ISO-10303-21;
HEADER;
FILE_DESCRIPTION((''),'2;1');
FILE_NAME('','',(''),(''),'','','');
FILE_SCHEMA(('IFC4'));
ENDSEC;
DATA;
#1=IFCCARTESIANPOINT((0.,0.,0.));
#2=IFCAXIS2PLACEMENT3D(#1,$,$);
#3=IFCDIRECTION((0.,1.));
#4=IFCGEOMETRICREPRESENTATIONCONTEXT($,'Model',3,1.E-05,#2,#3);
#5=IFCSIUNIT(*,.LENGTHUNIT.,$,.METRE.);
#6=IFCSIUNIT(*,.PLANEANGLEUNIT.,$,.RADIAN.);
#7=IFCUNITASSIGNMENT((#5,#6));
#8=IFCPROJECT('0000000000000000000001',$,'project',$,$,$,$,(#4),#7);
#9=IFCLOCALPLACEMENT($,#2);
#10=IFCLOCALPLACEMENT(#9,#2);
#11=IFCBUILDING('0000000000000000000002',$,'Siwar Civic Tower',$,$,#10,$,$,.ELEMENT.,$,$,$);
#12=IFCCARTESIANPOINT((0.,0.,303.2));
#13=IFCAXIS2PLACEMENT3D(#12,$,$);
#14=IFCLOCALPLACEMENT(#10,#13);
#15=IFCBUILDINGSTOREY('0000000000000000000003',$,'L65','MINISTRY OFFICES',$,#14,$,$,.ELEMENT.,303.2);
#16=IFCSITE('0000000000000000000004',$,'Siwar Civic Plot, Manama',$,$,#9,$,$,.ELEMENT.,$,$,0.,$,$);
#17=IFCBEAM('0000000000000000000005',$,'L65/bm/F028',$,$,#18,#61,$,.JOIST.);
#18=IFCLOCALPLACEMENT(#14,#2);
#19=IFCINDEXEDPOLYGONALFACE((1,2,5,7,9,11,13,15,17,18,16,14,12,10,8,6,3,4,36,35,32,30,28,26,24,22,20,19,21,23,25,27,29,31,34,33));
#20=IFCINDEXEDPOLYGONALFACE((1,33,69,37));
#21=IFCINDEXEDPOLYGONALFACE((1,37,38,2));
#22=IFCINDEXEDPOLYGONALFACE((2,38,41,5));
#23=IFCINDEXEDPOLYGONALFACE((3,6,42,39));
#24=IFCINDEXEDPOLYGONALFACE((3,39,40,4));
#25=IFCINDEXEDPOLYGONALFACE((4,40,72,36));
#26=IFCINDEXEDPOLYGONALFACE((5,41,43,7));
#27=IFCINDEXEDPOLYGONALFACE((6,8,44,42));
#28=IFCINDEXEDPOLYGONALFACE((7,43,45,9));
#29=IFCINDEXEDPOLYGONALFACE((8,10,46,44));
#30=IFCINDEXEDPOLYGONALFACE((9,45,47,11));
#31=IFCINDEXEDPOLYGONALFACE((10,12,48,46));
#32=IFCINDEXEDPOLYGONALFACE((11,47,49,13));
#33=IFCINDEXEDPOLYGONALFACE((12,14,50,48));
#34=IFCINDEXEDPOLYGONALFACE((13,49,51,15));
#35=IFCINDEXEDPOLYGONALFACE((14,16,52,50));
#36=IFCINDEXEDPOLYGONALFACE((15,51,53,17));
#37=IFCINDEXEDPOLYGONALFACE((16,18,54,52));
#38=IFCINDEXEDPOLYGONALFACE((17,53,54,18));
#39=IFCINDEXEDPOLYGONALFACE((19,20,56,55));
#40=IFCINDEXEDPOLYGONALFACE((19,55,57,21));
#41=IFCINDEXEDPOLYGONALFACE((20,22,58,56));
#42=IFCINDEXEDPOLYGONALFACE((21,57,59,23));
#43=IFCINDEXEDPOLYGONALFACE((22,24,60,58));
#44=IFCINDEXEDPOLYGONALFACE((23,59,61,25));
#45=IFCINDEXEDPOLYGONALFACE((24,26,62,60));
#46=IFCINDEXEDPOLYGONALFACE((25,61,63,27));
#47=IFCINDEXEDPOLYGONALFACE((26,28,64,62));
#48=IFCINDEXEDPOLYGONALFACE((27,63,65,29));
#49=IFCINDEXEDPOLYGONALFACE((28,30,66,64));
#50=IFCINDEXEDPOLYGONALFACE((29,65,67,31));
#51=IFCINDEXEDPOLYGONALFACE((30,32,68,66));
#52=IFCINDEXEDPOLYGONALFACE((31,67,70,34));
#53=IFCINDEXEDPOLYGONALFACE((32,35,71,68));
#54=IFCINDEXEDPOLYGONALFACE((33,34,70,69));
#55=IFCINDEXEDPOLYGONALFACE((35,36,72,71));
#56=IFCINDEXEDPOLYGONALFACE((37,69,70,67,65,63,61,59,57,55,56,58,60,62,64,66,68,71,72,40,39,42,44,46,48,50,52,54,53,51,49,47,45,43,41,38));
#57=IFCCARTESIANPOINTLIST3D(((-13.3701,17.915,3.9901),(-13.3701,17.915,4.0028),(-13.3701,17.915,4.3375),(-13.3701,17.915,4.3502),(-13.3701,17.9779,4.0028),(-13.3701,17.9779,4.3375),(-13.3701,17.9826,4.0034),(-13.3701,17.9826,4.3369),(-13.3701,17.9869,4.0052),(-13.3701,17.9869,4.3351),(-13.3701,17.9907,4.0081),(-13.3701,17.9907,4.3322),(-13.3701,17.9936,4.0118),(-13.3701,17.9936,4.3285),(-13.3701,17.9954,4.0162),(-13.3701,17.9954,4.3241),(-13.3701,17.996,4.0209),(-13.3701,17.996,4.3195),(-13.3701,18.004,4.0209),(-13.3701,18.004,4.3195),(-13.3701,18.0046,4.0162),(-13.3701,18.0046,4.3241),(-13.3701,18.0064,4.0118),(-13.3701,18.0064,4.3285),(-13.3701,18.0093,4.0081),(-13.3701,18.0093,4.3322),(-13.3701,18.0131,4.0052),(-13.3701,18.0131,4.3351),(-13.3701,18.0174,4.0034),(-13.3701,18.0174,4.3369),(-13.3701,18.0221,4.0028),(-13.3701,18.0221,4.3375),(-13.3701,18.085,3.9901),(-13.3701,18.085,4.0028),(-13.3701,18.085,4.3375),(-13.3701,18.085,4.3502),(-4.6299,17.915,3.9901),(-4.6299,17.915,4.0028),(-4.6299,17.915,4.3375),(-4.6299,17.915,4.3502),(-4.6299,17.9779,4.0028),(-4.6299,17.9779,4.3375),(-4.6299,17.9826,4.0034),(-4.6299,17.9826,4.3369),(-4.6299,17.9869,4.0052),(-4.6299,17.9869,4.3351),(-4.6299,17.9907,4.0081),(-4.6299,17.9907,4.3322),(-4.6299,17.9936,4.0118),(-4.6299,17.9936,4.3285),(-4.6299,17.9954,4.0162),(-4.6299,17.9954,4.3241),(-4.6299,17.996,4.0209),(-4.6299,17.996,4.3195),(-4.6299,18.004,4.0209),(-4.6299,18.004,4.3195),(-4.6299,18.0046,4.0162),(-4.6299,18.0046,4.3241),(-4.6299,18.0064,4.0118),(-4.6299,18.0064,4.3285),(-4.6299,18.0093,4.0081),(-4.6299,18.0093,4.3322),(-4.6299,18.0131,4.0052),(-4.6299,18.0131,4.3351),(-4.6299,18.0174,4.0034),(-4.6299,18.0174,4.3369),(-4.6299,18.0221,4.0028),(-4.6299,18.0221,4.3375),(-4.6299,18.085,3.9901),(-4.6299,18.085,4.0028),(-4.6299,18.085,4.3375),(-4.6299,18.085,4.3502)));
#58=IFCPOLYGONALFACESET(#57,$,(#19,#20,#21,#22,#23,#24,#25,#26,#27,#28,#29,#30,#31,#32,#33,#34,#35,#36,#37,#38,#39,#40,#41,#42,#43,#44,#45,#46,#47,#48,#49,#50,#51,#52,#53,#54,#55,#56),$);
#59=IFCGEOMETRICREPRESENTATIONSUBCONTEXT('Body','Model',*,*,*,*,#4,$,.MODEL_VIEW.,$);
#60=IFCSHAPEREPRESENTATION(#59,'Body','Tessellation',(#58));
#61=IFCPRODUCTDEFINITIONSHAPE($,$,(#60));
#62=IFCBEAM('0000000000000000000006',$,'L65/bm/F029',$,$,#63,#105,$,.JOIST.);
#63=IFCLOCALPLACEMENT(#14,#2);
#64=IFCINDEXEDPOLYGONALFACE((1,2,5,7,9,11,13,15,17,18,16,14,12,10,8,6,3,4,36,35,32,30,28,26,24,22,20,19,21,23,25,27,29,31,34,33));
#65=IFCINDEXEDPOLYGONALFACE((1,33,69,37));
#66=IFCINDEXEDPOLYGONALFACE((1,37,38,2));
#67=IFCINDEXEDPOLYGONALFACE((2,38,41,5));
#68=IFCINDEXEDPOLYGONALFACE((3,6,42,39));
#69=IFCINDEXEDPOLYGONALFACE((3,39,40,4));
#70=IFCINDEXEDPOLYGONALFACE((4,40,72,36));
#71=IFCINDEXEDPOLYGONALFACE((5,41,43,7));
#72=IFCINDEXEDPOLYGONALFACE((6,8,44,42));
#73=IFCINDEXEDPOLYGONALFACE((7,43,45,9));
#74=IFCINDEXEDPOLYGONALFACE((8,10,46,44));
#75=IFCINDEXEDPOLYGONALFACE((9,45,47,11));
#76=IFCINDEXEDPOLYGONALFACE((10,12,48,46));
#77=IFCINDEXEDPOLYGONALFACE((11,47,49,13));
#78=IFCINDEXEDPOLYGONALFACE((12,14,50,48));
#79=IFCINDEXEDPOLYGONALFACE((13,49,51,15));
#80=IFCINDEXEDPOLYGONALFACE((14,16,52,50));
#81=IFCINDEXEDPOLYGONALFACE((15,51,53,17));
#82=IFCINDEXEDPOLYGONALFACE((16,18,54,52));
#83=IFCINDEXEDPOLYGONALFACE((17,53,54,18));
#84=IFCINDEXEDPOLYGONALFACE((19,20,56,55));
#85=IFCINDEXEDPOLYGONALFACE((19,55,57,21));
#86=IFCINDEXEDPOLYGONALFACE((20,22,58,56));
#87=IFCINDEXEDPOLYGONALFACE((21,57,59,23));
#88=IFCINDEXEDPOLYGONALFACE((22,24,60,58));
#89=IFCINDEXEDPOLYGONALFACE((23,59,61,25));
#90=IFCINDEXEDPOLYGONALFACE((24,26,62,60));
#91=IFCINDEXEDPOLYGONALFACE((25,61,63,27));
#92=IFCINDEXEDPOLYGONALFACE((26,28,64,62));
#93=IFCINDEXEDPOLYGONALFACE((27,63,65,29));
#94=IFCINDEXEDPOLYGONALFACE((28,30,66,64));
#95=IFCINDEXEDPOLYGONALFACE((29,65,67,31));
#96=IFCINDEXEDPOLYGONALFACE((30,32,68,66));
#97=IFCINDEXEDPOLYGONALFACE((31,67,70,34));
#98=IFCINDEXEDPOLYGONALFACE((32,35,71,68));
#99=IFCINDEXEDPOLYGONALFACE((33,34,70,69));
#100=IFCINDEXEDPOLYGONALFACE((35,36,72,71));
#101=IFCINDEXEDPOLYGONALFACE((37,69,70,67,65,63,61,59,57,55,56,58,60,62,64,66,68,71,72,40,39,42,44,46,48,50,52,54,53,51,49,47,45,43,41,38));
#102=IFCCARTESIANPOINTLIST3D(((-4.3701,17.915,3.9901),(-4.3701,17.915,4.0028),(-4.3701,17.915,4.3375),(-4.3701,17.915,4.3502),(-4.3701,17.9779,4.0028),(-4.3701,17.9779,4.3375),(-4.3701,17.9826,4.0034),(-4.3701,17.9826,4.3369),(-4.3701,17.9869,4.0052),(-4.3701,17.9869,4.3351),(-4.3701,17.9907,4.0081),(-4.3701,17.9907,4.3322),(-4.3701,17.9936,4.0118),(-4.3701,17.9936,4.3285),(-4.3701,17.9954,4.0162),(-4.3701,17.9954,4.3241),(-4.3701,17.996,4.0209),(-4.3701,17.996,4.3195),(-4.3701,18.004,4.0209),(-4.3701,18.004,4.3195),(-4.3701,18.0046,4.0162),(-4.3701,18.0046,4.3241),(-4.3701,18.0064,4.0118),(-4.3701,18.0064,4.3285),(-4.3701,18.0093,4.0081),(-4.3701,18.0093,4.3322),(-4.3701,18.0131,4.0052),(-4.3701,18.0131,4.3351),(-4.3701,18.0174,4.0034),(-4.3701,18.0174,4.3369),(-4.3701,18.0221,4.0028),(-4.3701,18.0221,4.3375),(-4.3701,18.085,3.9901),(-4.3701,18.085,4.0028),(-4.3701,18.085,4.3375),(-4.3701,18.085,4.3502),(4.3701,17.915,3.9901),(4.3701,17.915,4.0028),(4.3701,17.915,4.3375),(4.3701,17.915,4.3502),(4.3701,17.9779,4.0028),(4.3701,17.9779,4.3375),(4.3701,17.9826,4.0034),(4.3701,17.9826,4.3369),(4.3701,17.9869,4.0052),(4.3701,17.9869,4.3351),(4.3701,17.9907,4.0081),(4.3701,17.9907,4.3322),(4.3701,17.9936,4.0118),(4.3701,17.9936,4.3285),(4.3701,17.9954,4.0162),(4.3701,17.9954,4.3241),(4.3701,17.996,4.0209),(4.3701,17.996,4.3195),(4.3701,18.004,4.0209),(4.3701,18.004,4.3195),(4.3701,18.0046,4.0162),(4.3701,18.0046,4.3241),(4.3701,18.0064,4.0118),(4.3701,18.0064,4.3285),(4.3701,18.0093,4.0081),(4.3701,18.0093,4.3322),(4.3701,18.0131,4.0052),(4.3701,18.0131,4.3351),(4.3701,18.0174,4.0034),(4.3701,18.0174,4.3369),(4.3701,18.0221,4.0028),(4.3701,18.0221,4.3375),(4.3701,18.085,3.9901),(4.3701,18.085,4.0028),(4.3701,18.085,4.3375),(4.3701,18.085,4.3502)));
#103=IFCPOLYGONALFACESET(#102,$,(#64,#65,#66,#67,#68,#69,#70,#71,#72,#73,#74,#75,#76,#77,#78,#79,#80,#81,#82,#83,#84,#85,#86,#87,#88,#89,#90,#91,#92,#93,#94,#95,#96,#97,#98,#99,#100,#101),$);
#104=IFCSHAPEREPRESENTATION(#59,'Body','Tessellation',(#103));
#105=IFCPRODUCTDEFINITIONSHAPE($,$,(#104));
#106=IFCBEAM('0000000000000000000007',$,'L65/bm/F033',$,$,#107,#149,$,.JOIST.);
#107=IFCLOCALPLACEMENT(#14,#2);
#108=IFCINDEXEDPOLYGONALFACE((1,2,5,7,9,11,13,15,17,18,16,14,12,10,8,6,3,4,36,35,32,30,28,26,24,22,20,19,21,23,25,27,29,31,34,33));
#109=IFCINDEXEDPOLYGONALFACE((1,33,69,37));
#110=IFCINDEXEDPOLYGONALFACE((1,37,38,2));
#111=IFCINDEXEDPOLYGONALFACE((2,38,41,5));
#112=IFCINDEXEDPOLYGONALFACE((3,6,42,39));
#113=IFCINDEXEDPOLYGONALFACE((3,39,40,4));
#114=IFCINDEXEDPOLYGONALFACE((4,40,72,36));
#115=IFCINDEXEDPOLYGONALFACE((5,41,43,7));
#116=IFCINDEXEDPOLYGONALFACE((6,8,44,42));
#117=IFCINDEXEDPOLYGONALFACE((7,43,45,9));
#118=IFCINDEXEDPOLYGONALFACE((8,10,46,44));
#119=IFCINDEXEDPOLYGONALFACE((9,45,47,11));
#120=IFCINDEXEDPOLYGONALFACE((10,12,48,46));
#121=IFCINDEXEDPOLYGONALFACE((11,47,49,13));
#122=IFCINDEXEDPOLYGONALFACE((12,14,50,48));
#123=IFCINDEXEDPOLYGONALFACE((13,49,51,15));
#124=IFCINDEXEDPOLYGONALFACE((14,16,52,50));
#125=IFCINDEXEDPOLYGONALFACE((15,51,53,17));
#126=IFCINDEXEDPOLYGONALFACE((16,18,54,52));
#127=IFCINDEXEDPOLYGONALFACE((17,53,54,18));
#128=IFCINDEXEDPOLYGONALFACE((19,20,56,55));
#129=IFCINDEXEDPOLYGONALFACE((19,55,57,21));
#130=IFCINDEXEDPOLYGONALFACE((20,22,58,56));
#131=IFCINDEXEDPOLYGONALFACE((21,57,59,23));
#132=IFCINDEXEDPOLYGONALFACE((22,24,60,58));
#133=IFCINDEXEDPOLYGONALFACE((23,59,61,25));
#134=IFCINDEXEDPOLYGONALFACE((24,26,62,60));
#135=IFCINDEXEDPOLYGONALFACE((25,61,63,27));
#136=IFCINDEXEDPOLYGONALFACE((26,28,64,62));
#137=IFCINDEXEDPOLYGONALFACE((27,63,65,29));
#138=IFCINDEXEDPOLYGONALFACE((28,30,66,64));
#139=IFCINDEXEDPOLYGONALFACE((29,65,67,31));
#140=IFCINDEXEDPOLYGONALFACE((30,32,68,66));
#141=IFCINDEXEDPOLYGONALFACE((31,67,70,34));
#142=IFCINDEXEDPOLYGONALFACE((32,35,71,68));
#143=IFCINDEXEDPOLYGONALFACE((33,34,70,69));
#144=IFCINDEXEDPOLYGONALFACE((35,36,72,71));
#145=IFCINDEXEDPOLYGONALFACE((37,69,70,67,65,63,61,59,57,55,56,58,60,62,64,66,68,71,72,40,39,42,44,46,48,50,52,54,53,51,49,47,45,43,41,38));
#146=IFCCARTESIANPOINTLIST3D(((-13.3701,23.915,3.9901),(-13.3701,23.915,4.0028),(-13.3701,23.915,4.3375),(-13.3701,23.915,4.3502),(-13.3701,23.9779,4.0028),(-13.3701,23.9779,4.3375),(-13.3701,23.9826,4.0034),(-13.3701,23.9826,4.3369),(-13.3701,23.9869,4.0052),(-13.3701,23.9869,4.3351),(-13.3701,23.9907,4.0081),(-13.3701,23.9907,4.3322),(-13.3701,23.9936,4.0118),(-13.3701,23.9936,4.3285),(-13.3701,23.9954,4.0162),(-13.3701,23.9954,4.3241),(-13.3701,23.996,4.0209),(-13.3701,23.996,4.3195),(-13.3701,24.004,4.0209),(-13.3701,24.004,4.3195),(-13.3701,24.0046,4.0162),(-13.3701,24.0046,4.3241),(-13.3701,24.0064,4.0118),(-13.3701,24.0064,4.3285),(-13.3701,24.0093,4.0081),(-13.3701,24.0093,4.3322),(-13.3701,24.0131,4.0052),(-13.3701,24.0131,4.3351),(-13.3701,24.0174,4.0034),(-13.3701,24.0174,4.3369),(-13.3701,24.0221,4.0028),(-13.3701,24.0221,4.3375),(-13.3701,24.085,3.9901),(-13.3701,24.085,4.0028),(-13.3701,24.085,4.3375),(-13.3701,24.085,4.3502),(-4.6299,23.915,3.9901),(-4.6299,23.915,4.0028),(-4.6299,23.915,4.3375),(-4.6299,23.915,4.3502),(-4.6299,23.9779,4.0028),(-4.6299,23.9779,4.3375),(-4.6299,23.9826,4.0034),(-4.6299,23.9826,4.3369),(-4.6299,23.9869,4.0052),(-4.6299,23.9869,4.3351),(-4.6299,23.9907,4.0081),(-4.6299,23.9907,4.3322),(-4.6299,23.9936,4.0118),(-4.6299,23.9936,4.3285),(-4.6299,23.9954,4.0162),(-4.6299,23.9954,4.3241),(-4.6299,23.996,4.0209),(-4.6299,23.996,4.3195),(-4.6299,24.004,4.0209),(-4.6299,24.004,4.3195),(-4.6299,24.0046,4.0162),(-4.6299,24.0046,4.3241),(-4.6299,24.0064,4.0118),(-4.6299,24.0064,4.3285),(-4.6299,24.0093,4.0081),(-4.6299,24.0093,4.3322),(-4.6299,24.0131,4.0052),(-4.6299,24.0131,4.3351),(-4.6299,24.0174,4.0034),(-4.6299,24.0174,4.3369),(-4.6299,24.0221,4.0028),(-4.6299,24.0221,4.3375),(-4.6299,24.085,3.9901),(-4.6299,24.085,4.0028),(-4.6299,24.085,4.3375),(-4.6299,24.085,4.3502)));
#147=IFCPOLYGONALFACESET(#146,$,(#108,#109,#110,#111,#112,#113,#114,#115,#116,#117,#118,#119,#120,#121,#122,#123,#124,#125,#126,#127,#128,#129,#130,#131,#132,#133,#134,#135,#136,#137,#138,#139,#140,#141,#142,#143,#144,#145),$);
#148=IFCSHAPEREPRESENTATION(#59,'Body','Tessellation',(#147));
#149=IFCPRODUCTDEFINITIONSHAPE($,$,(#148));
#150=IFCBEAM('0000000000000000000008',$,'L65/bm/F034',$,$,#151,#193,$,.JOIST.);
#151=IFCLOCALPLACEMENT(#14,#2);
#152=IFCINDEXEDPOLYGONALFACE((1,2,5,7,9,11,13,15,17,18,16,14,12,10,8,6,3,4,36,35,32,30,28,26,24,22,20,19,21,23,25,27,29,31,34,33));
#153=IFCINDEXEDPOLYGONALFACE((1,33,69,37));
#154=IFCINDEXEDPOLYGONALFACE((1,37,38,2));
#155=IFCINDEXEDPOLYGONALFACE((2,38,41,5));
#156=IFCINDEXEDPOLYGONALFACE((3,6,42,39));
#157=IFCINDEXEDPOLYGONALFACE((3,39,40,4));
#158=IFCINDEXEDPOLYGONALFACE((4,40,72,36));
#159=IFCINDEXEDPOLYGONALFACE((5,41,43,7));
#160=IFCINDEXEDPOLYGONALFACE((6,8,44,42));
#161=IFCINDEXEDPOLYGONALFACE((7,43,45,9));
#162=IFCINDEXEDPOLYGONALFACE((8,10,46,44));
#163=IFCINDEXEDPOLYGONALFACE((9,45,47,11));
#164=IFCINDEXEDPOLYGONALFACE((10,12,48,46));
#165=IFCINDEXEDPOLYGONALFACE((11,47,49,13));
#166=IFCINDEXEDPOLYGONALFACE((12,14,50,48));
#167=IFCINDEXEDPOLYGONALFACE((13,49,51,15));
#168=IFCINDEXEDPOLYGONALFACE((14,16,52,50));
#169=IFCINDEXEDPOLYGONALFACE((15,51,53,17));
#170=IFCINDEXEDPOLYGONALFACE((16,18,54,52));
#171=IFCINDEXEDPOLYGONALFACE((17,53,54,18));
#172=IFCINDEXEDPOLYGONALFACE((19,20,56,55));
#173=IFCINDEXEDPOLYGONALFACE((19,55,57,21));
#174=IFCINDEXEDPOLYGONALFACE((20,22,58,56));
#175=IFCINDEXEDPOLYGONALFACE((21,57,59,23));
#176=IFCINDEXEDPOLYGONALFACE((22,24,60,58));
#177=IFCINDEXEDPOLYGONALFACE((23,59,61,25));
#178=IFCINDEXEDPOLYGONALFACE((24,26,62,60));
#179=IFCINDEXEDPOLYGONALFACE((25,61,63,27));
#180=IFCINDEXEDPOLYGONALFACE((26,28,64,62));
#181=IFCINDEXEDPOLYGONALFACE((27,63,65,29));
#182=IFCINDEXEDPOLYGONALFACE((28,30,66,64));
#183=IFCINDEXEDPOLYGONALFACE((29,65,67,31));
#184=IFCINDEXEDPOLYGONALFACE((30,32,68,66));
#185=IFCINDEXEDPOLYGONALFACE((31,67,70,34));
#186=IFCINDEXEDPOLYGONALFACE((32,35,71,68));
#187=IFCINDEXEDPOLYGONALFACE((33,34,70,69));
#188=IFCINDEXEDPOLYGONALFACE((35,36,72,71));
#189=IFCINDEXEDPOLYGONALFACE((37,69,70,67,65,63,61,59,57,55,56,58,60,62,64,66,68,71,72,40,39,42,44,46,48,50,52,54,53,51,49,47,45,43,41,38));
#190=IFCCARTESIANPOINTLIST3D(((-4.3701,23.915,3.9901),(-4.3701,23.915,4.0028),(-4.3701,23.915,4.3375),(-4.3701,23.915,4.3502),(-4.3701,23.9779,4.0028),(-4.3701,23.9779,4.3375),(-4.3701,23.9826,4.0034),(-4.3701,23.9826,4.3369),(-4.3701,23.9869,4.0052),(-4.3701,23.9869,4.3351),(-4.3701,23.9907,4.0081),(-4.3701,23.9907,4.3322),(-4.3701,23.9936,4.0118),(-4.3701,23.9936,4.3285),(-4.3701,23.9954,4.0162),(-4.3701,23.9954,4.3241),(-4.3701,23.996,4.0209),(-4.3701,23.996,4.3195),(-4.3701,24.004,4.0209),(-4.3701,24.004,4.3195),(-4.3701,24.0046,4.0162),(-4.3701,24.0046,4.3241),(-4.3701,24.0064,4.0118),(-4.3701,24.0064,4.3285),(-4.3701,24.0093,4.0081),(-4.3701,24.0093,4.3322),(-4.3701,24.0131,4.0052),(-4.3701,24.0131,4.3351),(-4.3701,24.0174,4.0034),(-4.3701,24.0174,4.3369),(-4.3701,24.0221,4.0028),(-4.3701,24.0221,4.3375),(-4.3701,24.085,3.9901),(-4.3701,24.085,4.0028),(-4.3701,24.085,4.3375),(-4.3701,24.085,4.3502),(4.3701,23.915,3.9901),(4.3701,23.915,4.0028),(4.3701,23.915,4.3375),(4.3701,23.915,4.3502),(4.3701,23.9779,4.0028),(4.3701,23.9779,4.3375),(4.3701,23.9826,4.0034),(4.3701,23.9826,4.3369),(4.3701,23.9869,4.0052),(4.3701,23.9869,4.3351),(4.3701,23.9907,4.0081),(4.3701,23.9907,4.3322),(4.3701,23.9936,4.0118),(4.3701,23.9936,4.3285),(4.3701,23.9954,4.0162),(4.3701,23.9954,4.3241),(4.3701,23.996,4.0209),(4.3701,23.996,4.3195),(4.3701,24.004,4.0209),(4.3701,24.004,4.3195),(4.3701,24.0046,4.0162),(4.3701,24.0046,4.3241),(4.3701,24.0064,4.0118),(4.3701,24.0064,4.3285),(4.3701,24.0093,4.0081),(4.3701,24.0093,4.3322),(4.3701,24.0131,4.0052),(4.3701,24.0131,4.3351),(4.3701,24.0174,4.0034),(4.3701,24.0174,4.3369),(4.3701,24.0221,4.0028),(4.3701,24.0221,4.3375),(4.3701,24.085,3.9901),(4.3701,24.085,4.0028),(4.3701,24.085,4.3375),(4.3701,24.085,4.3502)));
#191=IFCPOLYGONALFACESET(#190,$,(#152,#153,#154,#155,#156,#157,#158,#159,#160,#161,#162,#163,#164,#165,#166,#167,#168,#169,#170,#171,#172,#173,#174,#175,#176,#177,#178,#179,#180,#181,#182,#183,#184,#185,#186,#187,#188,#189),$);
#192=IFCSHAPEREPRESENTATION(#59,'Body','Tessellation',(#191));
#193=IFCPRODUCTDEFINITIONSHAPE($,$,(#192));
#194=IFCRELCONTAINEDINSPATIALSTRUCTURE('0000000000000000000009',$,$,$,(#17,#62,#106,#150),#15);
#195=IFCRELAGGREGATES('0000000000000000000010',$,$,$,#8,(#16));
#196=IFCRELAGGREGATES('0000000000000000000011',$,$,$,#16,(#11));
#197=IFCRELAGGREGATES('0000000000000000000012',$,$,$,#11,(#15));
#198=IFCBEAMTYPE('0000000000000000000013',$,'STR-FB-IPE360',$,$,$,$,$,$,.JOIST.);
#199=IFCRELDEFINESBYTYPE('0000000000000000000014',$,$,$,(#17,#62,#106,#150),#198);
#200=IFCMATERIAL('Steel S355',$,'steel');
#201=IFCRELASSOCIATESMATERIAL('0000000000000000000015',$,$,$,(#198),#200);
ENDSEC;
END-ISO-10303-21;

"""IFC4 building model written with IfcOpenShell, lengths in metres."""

from ifc_helpers import new_model, si_unit, direction, frame, origin, origin_2d, place, context, subcontext, project, spatial, i_section, extrude, material, material_profile, profile_set, type_object, element, save


model = new_model("IFC4")

# Units and contexts
model_context = context("Model", 3, precision=1e-05, world=origin(), true_north=direction((0.0, 1.0)))
body_context = subcontext(model_context, "Body", "Model", "MODEL_VIEW")
ifc_project = project(units=[si_unit("LENGTHUNIT", "METRE"), si_unit("PLANEANGLEUNIT", "RADIAN")], contexts=[model_context])

# Site, building, storey
site_placement = place(None, origin())
site = spatial("IfcSite", under=ifc_project, at=site_placement, Name="Siwar Civic Plot, Manama", CompositionType="ELEMENT", RefElevation=0.0)
building_placement = place(site_placement, origin())
building = spatial("IfcBuilding", under=site, at=building_placement, Name="Siwar Civic Tower", CompositionType="ELEMENT")
storey_placement = place(building_placement, frame((0.0, 0.0, 303.2)))
storey = spatial("IfcBuildingStorey", under=building, at=storey_placement, Name="L65", Description="MINISTRY OFFICES", CompositionType="ELEMENT", Elevation=303.2)

# Beams
ifc_material_1 = material(Name="Steel S355", Category="steel")
ifc_material_profile_1 = material_profile(ifc_material_1, i_section(OverallWidth=0.1699, OverallDepth=0.3601, WebThickness=0.0081, FlangeThickness=0.0127, FilletRadius=0.0181, at=origin_2d()), Name="IPE360")
ifc_profile_set_1 = profile_set([ifc_material_profile_1], Name="Steel S355")
beam_type_1 = type_object("IfcBeamType", Name="STR-FB-IPE360", PredefinedType="JOIST", material=ifc_profile_set_1)
for number, where, z_axis, x_axis, name in (
    (1, (-13.3701, 18.0, 4.1702), (1.0, 0.0, 0.0), (0.0, 1.0, 0.0), "L65/bm/F028"),
    (2, (-4.3701, 18.0, 4.1702), (1.0, 0.0, 0.0), (0.0, 1.0, 0.0), "L65/bm/F029"),
    (3, (-13.3701, 24.0, 4.1702), (1.0, 0.0, 0.0), (0.0, 1.0, 0.0), "L65/bm/F033"),
    (4, (-4.3701, 24.0, 4.1702), (1.0, 0.0, 0.0), (0.0, 1.0, 0.0), "L65/bm/F034"),
):
    element("IfcBeam", number, at=place(storey_placement, frame(where, z_axis=z_axis, x_axis=x_axis)), inside=storey, type_object=beam_type_1, Name=name, PredefinedType="JOIST", context=body_context, shape_type="SweptSolid", body=[
        extrude(i_section(OverallWidth=0.1699, OverallDepth=0.3601, WebThickness=0.0081, FlangeThickness=0.0127, FilletRadius=0.0181, at=origin_2d()), origin(), (0.0, 0.0, 1.0), 8.7402),
    ])

save(model, "model.ifc")
